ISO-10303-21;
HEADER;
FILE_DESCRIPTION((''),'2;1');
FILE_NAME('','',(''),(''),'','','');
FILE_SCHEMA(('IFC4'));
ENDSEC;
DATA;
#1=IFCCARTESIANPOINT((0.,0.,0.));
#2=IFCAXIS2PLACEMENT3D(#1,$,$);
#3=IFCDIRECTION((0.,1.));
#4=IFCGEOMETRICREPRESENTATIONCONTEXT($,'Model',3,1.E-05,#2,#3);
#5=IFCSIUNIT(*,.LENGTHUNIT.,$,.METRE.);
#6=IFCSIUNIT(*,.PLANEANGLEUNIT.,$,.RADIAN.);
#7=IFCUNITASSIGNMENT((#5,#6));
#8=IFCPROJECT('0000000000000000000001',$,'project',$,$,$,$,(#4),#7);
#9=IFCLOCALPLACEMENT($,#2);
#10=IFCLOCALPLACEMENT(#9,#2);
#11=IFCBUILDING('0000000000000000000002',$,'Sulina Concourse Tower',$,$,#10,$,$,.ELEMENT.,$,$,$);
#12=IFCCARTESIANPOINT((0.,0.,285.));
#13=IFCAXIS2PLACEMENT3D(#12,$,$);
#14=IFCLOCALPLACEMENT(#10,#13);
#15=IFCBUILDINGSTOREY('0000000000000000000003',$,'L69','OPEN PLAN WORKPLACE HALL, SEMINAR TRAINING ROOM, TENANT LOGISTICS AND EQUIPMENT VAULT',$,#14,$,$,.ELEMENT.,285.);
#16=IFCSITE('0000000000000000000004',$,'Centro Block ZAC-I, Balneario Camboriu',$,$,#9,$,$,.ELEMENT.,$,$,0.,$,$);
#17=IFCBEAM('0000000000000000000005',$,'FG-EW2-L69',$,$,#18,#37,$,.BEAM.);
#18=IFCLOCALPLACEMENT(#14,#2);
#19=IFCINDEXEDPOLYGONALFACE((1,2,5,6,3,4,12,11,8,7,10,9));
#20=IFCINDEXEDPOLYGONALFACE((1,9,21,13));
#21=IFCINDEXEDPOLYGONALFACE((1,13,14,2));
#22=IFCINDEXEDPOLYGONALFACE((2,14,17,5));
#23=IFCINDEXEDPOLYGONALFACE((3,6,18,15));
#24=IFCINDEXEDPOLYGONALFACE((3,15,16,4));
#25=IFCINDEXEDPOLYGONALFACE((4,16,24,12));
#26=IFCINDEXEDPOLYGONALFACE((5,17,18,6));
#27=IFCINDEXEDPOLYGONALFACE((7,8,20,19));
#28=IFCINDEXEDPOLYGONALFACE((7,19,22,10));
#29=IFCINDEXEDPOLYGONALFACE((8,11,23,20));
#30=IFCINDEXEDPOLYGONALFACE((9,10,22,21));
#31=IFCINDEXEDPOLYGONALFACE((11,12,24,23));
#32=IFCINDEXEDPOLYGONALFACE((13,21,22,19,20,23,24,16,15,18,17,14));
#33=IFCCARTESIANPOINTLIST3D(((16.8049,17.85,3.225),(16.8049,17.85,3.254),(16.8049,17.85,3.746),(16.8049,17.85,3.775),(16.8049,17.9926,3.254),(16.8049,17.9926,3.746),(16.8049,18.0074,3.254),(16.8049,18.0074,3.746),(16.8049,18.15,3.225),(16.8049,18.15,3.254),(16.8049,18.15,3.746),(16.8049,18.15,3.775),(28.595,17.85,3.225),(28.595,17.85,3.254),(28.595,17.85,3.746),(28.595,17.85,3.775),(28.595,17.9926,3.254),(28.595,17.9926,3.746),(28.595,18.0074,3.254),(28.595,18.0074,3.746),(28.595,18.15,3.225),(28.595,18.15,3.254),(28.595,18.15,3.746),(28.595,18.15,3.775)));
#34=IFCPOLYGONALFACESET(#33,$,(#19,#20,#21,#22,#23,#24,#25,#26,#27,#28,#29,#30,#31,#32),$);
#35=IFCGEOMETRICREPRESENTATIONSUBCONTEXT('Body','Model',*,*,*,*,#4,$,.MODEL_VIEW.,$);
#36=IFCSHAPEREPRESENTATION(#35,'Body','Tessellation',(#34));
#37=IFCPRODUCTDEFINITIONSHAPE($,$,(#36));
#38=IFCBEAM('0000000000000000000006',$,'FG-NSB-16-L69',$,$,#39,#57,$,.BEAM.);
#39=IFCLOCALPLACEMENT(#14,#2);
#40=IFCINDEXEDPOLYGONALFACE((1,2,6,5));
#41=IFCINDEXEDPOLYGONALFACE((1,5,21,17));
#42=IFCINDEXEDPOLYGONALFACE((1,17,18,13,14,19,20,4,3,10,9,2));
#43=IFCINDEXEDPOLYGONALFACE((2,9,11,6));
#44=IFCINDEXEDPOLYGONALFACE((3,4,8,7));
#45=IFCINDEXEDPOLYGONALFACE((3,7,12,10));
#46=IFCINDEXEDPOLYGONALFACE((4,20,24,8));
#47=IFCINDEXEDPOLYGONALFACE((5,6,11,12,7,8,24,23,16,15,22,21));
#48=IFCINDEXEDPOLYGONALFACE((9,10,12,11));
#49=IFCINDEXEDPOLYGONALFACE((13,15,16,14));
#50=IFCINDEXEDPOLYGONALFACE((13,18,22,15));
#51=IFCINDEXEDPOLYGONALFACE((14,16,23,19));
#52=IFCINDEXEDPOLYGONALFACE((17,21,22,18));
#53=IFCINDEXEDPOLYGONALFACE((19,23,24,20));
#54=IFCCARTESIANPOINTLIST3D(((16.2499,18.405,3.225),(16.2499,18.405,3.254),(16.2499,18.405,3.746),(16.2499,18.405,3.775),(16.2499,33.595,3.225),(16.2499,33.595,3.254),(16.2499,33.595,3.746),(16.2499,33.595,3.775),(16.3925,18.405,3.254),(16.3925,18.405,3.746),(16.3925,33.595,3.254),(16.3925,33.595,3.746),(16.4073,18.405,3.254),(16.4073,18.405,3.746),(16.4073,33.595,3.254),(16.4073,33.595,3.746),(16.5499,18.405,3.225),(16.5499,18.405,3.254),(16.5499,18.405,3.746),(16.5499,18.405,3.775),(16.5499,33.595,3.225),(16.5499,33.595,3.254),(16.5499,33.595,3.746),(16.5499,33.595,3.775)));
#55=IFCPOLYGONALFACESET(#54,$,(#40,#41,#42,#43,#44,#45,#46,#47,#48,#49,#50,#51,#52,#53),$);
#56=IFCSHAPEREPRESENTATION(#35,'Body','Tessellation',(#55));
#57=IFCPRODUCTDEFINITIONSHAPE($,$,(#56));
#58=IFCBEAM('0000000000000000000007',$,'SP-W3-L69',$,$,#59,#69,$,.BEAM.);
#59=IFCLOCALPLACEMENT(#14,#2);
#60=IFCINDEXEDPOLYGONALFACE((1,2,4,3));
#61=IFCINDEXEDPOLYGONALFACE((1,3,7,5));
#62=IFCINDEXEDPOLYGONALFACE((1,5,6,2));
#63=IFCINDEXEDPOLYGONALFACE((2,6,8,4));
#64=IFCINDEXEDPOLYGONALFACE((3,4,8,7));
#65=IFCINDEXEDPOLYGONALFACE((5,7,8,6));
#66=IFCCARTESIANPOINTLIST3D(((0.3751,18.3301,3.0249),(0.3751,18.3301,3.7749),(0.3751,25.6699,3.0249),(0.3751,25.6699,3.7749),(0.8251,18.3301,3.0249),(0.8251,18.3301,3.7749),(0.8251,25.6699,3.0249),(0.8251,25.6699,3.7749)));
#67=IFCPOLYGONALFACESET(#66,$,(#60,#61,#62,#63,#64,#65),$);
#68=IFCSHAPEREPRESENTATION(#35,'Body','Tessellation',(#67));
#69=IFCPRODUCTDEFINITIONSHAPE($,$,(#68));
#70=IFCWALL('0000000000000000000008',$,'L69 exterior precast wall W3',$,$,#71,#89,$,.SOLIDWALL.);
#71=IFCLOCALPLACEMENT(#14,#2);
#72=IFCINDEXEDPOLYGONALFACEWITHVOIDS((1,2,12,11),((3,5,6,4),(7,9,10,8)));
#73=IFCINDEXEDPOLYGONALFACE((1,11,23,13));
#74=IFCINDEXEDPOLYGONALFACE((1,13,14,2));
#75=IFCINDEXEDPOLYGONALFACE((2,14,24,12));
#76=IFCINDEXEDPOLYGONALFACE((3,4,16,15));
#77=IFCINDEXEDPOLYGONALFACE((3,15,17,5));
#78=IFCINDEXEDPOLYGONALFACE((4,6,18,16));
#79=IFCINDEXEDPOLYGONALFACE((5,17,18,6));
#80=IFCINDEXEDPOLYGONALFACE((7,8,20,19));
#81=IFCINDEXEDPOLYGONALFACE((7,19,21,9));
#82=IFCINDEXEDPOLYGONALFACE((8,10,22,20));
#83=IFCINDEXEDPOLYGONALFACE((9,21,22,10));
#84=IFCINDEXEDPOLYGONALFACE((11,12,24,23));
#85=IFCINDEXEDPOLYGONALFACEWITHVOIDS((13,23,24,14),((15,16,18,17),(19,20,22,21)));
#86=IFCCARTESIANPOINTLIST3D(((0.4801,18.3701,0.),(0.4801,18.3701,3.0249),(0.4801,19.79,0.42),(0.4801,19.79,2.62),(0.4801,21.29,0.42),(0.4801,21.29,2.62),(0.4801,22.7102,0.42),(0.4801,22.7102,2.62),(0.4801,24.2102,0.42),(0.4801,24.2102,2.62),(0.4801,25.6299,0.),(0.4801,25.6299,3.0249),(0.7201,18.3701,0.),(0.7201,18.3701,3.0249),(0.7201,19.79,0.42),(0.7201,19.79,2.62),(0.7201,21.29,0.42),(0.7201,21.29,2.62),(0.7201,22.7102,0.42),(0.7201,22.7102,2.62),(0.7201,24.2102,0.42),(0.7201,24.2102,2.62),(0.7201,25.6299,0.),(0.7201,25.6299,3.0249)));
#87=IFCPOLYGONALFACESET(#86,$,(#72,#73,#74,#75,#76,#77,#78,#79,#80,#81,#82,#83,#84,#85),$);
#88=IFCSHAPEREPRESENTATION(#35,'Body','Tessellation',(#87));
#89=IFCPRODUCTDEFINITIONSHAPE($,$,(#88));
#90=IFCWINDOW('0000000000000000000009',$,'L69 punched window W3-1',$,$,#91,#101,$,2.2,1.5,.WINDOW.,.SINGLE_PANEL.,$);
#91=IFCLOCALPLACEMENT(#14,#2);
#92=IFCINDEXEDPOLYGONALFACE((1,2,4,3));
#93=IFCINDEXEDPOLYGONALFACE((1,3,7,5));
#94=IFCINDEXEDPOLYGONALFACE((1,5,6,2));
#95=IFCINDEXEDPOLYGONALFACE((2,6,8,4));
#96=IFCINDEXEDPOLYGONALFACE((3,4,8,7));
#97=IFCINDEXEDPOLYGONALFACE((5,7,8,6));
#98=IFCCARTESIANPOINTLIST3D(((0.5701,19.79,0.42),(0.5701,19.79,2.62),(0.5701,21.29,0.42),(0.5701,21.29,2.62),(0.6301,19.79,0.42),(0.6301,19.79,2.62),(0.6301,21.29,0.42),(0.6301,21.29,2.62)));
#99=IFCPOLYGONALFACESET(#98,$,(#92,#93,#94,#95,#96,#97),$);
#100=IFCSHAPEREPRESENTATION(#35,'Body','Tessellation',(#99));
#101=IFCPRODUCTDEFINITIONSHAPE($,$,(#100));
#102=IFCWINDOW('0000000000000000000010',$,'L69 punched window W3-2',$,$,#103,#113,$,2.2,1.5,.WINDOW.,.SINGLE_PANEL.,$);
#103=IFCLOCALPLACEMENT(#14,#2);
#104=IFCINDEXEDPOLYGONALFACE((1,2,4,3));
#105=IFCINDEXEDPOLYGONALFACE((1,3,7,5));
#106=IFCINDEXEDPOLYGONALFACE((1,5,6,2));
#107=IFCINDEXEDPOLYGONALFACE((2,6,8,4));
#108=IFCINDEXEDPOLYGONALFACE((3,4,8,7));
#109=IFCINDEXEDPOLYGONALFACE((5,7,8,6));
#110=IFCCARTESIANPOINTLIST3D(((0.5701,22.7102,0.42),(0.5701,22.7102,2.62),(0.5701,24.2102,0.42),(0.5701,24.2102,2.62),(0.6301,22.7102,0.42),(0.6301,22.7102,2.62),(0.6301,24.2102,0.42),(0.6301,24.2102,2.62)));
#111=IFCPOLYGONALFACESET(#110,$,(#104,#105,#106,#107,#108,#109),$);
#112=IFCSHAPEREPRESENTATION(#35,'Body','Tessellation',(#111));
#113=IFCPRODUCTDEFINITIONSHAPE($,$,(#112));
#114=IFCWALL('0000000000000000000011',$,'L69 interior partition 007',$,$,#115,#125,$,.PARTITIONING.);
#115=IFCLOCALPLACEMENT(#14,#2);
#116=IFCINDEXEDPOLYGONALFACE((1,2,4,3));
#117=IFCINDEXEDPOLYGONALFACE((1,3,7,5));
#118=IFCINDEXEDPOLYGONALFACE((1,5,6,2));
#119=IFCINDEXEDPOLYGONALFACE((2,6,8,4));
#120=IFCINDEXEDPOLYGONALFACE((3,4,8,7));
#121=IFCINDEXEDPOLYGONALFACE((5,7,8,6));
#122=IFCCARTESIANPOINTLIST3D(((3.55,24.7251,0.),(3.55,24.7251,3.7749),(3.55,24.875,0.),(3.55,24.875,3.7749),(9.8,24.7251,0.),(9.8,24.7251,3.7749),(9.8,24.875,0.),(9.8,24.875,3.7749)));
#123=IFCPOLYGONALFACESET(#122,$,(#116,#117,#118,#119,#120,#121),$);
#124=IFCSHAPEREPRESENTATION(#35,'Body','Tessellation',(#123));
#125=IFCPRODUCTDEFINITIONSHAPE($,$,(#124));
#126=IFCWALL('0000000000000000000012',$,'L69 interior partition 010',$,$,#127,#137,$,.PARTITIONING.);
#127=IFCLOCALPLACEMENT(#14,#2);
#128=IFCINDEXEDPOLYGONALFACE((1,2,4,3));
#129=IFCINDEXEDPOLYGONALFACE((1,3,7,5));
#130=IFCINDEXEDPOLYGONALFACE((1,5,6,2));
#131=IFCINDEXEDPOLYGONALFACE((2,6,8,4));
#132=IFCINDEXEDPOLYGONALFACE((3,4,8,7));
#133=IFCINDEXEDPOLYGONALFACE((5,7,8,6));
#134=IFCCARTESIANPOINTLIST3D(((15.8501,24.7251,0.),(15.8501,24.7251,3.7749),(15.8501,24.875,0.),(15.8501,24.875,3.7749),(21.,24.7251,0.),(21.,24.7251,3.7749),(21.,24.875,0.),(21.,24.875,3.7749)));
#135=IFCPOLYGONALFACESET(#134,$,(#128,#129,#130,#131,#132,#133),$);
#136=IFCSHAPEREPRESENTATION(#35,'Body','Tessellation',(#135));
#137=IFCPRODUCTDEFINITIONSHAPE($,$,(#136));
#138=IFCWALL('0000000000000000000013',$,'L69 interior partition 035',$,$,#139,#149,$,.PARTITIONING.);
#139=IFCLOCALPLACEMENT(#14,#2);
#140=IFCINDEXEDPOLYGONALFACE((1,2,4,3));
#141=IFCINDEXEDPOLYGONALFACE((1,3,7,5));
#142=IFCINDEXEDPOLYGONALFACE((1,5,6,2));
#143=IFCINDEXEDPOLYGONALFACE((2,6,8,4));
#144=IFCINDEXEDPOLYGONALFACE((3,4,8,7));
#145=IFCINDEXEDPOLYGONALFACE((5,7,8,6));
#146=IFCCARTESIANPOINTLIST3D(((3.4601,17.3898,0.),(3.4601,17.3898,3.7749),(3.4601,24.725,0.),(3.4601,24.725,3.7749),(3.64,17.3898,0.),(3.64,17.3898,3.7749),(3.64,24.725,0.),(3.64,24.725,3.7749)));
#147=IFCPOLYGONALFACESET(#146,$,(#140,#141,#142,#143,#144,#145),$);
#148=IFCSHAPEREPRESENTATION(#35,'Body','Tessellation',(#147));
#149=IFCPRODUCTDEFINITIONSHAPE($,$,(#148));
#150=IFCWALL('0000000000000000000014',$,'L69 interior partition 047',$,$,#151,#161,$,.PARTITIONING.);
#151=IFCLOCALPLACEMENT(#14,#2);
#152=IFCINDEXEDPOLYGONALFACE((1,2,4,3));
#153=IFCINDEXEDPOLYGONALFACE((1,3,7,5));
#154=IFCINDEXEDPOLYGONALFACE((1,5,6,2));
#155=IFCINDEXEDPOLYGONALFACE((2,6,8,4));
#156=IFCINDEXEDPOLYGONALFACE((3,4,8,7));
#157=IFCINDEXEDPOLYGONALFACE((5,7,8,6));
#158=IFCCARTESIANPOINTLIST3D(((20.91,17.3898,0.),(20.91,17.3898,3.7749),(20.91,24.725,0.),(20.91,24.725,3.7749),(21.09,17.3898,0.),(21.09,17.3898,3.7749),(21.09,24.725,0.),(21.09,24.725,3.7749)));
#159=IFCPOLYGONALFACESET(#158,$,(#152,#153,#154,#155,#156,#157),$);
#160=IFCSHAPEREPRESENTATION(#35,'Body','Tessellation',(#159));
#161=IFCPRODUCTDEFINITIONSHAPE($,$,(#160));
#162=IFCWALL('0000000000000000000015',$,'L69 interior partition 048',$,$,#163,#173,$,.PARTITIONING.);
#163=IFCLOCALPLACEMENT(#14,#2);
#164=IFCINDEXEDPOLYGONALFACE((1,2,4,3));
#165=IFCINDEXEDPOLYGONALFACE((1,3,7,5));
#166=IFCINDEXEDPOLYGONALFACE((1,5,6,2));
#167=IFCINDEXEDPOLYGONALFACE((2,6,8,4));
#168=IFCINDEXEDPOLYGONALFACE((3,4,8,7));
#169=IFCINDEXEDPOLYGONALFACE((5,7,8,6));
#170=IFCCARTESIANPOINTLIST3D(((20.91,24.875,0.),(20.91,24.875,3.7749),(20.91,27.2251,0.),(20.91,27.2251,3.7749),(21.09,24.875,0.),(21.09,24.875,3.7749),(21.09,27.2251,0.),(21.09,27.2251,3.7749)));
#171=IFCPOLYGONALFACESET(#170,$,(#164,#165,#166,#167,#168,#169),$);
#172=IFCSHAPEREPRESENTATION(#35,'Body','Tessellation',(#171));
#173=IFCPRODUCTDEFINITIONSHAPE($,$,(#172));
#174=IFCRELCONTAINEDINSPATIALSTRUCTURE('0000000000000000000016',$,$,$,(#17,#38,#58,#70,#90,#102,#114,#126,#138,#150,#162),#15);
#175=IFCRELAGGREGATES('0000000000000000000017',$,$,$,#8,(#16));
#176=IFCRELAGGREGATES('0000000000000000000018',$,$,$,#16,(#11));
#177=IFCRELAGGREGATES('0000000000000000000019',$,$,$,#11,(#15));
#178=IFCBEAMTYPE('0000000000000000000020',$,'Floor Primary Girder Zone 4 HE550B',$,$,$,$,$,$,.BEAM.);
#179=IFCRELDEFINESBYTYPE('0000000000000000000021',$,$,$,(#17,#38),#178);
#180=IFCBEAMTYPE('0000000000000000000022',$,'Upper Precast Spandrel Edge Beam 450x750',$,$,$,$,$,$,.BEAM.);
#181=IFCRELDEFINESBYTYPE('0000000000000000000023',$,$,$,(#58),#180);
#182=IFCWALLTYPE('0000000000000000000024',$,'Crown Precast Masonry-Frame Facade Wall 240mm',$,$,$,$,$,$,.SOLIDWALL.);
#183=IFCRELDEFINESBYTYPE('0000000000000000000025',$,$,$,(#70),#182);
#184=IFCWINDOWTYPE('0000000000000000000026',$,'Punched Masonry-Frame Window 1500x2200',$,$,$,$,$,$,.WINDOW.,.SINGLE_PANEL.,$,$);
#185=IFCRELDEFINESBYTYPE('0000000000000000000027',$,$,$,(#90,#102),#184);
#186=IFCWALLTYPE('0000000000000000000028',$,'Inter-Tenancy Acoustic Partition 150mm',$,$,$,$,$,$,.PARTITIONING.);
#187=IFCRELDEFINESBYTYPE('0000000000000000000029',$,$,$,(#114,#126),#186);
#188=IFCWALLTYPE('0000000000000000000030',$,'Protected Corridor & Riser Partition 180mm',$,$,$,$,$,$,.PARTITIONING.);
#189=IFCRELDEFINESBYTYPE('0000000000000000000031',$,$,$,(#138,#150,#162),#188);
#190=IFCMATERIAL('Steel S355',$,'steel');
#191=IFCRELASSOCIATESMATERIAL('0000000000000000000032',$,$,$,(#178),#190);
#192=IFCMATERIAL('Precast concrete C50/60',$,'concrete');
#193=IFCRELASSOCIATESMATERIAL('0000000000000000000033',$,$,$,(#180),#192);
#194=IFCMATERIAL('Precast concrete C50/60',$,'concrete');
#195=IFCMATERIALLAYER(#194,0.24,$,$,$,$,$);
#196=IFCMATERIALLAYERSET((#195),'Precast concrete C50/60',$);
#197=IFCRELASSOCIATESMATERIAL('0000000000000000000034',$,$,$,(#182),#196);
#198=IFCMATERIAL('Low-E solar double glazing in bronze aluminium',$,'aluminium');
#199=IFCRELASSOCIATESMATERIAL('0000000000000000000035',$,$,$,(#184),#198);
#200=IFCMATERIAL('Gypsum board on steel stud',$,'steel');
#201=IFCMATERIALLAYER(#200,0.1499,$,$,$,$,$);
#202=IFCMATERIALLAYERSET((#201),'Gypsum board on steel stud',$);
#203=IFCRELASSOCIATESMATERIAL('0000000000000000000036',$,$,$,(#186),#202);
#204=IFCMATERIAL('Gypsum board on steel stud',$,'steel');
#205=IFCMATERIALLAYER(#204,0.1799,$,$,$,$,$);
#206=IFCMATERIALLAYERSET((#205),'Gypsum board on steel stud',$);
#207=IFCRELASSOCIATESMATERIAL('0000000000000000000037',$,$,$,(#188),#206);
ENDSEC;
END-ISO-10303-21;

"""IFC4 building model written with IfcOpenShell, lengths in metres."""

from ifc_helpers import new_model, si_unit, direction, frame, frame_2d, origin, origin_2d, place, context, subcontext, project, spatial, rectangle, i_section, extrude, material, layer, layer_set, material_profile, profile_set, type_object, element, fill, save


model = new_model("IFC4")

# Units and contexts
model_context = context("Model", 3, precision=1e-05, world=origin(), true_north=direction((0.0, 1.0)))
body_context = subcontext(model_context, "Body", "Model", "MODEL_VIEW")
ifc_project = project(units=[si_unit("LENGTHUNIT", "METRE"), si_unit("PLANEANGLEUNIT", "RADIAN")], contexts=[model_context])

# Site, building, storey
site_placement = place(None, origin())
site = spatial("IfcSite", under=ifc_project, at=site_placement, Name="Centro Block ZAC-I, Balneario Camboriu", CompositionType="ELEMENT", RefElevation=0.0)
building_placement = place(site_placement, origin())
building = spatial("IfcBuilding", under=site, at=building_placement, Name="Sulina Concourse Tower", CompositionType="ELEMENT")
storey_placement = place(building_placement, frame((0.0, 0.0, 285.0)))
storey = spatial("IfcBuildingStorey", under=building, at=storey_placement, Name="L69", Description="OPEN PLAN WORKPLACE HALL, SEMINAR TRAINING ROOM, TENANT LOGISTICS AND EQUIPMENT VAULT", CompositionType="ELEMENT", Elevation=285.0)

# Beams
ifc_material_1 = material(Name="Steel S355", Category="steel")
ifc_material_profile_1 = material_profile(ifc_material_1, i_section(OverallWidth=0.3, OverallDepth=0.55, WebThickness=0.0149, FlangeThickness=0.0291, at=origin_2d()), Name="HE 550 B")
ifc_profile_set_1 = profile_set([ifc_material_profile_1], Name="Steel S355")
beam_type_1 = type_object("IfcBeamType", Name="Floor Primary Girder Zone 4 HE550B", PredefinedType="BEAM", material=ifc_profile_set_1)
beam_1_placement = place(storey_placement, frame((16.8049, 18.0, 3.5), z_axis=(1.0, 0.0, 0.0), x_axis=(0.0, 1.0, 0.0)))
element("IfcBeam", 1, at=beam_1_placement, inside=storey, type_object=beam_type_1, Name="FG-EW2-L69", PredefinedType="BEAM", context=body_context, shape_type="SweptSolid", body=[
    extrude(i_section(OverallWidth=0.3, OverallDepth=0.55, WebThickness=0.0149, FlangeThickness=0.0291, at=origin_2d()), origin(), (0.0, 0.0, 1.0), 11.79),
])
beam_2_placement = place(storey_placement, frame((16.3999, 18.405, 3.5), z_axis=(0.0, 1.0, 0.0), x_axis=(-1.0, 0.0, 0.0)))
element("IfcBeam", 2, at=beam_2_placement, inside=storey, type_object=beam_type_1, Name="FG-NSB-16-L69", PredefinedType="BEAM", context=body_context, shape_type="SweptSolid", body=[
    extrude(i_section(OverallWidth=0.3, OverallDepth=0.55, WebThickness=0.0149, FlangeThickness=0.0291, at=origin_2d()), origin(), (0.0, 0.0, 1.0), 15.1899),
])
ifc_material_2 = material(Name="Precast concrete C50/60", Category="concrete")
ifc_material_profile_2 = material_profile(ifc_material_2, rectangle(XDim=0.45, YDim=0.75, at=origin_2d()), Name="RC 450x750")
ifc_profile_set_2 = profile_set([ifc_material_profile_2], Name="Precast concrete C50/60")
beam_type_2 = type_object("IfcBeamType", Name="Upper Precast Spandrel Edge Beam 450x750", PredefinedType="BEAM", material=ifc_profile_set_2)
beam_3_placement = place(storey_placement, frame((0.6001, 18.3301, 3.3999), z_axis=(0.0, 1.0, 0.0), x_axis=(-1.0, 0.0, 0.0)))
element("IfcBeam", 3, at=beam_3_placement, inside=storey, type_object=beam_type_2, Name="SP-W3-L69", PredefinedType="BEAM", context=body_context, shape_type="SweptSolid", body=[
    extrude(rectangle(XDim=0.45, YDim=0.75, at=origin_2d()), origin(), (0.0, 0.0, 1.0), 7.3398),
])

# Wall, openings, windows
ifc_material_3 = material(Name="Precast concrete C50/60", Category="concrete")
ifc_layer_1 = layer(ifc_material_3, 0.24)
ifc_layer_set_1 = layer_set([ifc_layer_1], Name="Precast concrete C50/60")
wall_type_1 = type_object("IfcWallType", Name="Crown Precast Masonry-Frame Facade Wall 240mm", PredefinedType="SOLIDWALL", material=ifc_layer_set_1)
wall_1_placement = place(storey_placement, frame((0.6001, 18.3701, 0.0), z_axis=(0.0, 0.0, 1.0), x_axis=(0.0, 1.0, 0.0)))
wall_1 = element("IfcWall", 4, at=wall_1_placement, inside=storey, type_object=wall_type_1, Name="L69 exterior precast wall W3", PredefinedType="SOLIDWALL", context=body_context, shape_type="SweptSolid", body=[
    extrude(rectangle(XDim=7.2598, YDim=0.24, at=frame_2d((3.6299, 0.0))), origin(), (0.0, 0.0, 1.0), 3.0249),
])
opening_1_placement = place(wall_1_placement, frame((1.4199, 0.0, 0.4199)))
opening_1 = element("IfcOpeningElement", 5, at=opening_1_placement, cuts=wall_1, PredefinedType="OPENING", context=body_context, shape_type="SweptSolid", body=[
    extrude(rectangle(XDim=1.5, YDim=2.2, at=frame_2d((0.75, 1.1001))), frame((0.0, 0.1299, 0.0), z_axis=(0.0, -1.0, 0.0), x_axis=(1.0, 0.0, 0.0)), (0.0, 0.0, 1.0), 0.26),
])
opening_2_placement = place(wall_1_placement, frame((4.3401, 0.0, 0.4199)))
opening_2 = element("IfcOpeningElement", 6, at=opening_2_placement, cuts=wall_1, PredefinedType="OPENING", context=body_context, shape_type="SweptSolid", body=[
    extrude(rectangle(XDim=1.5, YDim=2.2, at=frame_2d((0.75, 1.1001))), frame((0.0, 0.1299, 0.0), z_axis=(0.0, -1.0, 0.0), x_axis=(1.0, 0.0, 0.0)), (0.0, 0.0, 1.0), 0.26),
])
ifc_material_4 = material(Name="Low-E solar double glazing in bronze aluminium", Category="aluminium")
window_type = type_object("IfcWindowType", Name="Punched Masonry-Frame Window 1500x2200", PartitioningType="SINGLE_PANEL", PredefinedType="WINDOW", material=ifc_material_4)
window_1_placement = place(opening_1_placement, origin())
window_1 = element("IfcWindow", 7, at=window_1_placement, inside=storey, type_object=window_type, Name="L69 punched window W3-1", OverallHeight=2.2, OverallWidth=1.5, PartitioningType="SINGLE_PANEL", PredefinedType="WINDOW", context=body_context, shape_type="SweptSolid", body=[
    extrude(rectangle(XDim=1.5, YDim=2.2, at=frame_2d((0.75, 1.1001))), frame((0.0, 0.03, 0.0), z_axis=(0.0, -1.0, 0.0), x_axis=(1.0, 0.0, 0.0)), (0.0, 0.0, 1.0), 0.0601),
])
fill(opening_1, window_1)
window_2_placement = place(opening_2_placement, origin())
window_2 = element("IfcWindow", 8, at=window_2_placement, inside=storey, type_object=window_type, Name="L69 punched window W3-2", OverallHeight=2.2, OverallWidth=1.5, PartitioningType="SINGLE_PANEL", PredefinedType="WINDOW", context=body_context, shape_type="SweptSolid", body=[
    extrude(rectangle(XDim=1.5, YDim=2.2, at=frame_2d((0.75, 1.1001))), frame((0.0, 0.03, 0.0), z_axis=(0.0, -1.0, 0.0), x_axis=(1.0, 0.0, 0.0)), (0.0, 0.0, 1.0), 0.0601),
])
fill(opening_2, window_2)

# Walls
ifc_material_5 = material(Name="Gypsum board on steel stud", Category="steel")
ifc_layer_2 = layer(ifc_material_5, 0.1499)
ifc_layer_set_2 = layer_set([ifc_layer_2], Name="Gypsum board on steel stud")
wall_type_2 = type_object("IfcWallType", Name="Inter-Tenancy Acoustic Partition 150mm", PredefinedType="PARTITIONING", material=ifc_layer_set_2)
wall_2_placement = place(storey_placement, frame((3.55, 24.8, 0.0), z_axis=(0.0, 0.0, 1.0), x_axis=(1.0, 0.0, 0.0)))
element("IfcWall", 9, at=wall_2_placement, inside=storey, type_object=wall_type_2, Name="L69 interior partition 007", PredefinedType="PARTITIONING", context=body_context, shape_type="SweptSolid", body=[
    extrude(rectangle(XDim=6.25, YDim=0.1499, at=frame_2d((3.125, 0.0))), origin(), (0.0, 0.0, 1.0), 3.7749),
])
wall_3_placement = place(storey_placement, frame((15.8501, 24.8, 0.0), z_axis=(0.0, 0.0, 1.0), x_axis=(1.0, 0.0, 0.0)))
element("IfcWall", 10, at=wall_3_placement, inside=storey, type_object=wall_type_2, Name="L69 interior partition 010", PredefinedType="PARTITIONING", context=body_context, shape_type="SweptSolid", body=[
    extrude(rectangle(XDim=5.1499, YDim=0.1499, at=frame_2d((2.575, 0.0))), origin(), (0.0, 0.0, 1.0), 3.7749),
])

# Walls
ifc_material_6 = material(Name="Gypsum board on steel stud", Category="steel")
ifc_layer_3 = layer(ifc_material_6, 0.1799)
ifc_layer_set_3 = layer_set([ifc_layer_3], Name="Gypsum board on steel stud")
wall_type_3 = type_object("IfcWallType", Name="Protected Corridor & Riser Partition 180mm", PredefinedType="PARTITIONING", material=ifc_layer_set_3)
for number, where, z_axis, x_axis, name in (
    (11, (3.55, 17.3899, 0.0), (0.0, 0.0, 1.0), (0.0, 1.0, 0.0), "L69 interior partition 035"),
    (12, (21.0, 17.3899, 0.0), (0.0, 0.0, 1.0), (0.0, 1.0, 0.0), "L69 interior partition 047"),
):
    element("IfcWall", number, at=place(storey_placement, frame(where, z_axis=z_axis, x_axis=x_axis)), inside=storey, type_object=wall_type_3, Name=name, PredefinedType="PARTITIONING", context=body_context, shape_type="SweptSolid", body=[
        extrude(rectangle(XDim=7.3352, YDim=0.1799, at=frame_2d((3.6675, 0.0))), origin(), (0.0, 0.0, 1.0), 3.7749),
    ])
wall_4_placement = place(storey_placement, frame((21.0, 24.875, 0.0), z_axis=(0.0, 0.0, 1.0), x_axis=(0.0, 1.0, 0.0)))
element("IfcWall", 13, at=wall_4_placement, inside=storey, type_object=wall_type_3, Name="L69 interior partition 048", PredefinedType="PARTITIONING", context=body_context, shape_type="SweptSolid", body=[
    extrude(rectangle(XDim=2.3501, YDim=0.1799, at=frame_2d((1.175, 0.0))), origin(), (0.0, 0.0, 1.0), 3.7749),
])

save(model, "model.ifc")
